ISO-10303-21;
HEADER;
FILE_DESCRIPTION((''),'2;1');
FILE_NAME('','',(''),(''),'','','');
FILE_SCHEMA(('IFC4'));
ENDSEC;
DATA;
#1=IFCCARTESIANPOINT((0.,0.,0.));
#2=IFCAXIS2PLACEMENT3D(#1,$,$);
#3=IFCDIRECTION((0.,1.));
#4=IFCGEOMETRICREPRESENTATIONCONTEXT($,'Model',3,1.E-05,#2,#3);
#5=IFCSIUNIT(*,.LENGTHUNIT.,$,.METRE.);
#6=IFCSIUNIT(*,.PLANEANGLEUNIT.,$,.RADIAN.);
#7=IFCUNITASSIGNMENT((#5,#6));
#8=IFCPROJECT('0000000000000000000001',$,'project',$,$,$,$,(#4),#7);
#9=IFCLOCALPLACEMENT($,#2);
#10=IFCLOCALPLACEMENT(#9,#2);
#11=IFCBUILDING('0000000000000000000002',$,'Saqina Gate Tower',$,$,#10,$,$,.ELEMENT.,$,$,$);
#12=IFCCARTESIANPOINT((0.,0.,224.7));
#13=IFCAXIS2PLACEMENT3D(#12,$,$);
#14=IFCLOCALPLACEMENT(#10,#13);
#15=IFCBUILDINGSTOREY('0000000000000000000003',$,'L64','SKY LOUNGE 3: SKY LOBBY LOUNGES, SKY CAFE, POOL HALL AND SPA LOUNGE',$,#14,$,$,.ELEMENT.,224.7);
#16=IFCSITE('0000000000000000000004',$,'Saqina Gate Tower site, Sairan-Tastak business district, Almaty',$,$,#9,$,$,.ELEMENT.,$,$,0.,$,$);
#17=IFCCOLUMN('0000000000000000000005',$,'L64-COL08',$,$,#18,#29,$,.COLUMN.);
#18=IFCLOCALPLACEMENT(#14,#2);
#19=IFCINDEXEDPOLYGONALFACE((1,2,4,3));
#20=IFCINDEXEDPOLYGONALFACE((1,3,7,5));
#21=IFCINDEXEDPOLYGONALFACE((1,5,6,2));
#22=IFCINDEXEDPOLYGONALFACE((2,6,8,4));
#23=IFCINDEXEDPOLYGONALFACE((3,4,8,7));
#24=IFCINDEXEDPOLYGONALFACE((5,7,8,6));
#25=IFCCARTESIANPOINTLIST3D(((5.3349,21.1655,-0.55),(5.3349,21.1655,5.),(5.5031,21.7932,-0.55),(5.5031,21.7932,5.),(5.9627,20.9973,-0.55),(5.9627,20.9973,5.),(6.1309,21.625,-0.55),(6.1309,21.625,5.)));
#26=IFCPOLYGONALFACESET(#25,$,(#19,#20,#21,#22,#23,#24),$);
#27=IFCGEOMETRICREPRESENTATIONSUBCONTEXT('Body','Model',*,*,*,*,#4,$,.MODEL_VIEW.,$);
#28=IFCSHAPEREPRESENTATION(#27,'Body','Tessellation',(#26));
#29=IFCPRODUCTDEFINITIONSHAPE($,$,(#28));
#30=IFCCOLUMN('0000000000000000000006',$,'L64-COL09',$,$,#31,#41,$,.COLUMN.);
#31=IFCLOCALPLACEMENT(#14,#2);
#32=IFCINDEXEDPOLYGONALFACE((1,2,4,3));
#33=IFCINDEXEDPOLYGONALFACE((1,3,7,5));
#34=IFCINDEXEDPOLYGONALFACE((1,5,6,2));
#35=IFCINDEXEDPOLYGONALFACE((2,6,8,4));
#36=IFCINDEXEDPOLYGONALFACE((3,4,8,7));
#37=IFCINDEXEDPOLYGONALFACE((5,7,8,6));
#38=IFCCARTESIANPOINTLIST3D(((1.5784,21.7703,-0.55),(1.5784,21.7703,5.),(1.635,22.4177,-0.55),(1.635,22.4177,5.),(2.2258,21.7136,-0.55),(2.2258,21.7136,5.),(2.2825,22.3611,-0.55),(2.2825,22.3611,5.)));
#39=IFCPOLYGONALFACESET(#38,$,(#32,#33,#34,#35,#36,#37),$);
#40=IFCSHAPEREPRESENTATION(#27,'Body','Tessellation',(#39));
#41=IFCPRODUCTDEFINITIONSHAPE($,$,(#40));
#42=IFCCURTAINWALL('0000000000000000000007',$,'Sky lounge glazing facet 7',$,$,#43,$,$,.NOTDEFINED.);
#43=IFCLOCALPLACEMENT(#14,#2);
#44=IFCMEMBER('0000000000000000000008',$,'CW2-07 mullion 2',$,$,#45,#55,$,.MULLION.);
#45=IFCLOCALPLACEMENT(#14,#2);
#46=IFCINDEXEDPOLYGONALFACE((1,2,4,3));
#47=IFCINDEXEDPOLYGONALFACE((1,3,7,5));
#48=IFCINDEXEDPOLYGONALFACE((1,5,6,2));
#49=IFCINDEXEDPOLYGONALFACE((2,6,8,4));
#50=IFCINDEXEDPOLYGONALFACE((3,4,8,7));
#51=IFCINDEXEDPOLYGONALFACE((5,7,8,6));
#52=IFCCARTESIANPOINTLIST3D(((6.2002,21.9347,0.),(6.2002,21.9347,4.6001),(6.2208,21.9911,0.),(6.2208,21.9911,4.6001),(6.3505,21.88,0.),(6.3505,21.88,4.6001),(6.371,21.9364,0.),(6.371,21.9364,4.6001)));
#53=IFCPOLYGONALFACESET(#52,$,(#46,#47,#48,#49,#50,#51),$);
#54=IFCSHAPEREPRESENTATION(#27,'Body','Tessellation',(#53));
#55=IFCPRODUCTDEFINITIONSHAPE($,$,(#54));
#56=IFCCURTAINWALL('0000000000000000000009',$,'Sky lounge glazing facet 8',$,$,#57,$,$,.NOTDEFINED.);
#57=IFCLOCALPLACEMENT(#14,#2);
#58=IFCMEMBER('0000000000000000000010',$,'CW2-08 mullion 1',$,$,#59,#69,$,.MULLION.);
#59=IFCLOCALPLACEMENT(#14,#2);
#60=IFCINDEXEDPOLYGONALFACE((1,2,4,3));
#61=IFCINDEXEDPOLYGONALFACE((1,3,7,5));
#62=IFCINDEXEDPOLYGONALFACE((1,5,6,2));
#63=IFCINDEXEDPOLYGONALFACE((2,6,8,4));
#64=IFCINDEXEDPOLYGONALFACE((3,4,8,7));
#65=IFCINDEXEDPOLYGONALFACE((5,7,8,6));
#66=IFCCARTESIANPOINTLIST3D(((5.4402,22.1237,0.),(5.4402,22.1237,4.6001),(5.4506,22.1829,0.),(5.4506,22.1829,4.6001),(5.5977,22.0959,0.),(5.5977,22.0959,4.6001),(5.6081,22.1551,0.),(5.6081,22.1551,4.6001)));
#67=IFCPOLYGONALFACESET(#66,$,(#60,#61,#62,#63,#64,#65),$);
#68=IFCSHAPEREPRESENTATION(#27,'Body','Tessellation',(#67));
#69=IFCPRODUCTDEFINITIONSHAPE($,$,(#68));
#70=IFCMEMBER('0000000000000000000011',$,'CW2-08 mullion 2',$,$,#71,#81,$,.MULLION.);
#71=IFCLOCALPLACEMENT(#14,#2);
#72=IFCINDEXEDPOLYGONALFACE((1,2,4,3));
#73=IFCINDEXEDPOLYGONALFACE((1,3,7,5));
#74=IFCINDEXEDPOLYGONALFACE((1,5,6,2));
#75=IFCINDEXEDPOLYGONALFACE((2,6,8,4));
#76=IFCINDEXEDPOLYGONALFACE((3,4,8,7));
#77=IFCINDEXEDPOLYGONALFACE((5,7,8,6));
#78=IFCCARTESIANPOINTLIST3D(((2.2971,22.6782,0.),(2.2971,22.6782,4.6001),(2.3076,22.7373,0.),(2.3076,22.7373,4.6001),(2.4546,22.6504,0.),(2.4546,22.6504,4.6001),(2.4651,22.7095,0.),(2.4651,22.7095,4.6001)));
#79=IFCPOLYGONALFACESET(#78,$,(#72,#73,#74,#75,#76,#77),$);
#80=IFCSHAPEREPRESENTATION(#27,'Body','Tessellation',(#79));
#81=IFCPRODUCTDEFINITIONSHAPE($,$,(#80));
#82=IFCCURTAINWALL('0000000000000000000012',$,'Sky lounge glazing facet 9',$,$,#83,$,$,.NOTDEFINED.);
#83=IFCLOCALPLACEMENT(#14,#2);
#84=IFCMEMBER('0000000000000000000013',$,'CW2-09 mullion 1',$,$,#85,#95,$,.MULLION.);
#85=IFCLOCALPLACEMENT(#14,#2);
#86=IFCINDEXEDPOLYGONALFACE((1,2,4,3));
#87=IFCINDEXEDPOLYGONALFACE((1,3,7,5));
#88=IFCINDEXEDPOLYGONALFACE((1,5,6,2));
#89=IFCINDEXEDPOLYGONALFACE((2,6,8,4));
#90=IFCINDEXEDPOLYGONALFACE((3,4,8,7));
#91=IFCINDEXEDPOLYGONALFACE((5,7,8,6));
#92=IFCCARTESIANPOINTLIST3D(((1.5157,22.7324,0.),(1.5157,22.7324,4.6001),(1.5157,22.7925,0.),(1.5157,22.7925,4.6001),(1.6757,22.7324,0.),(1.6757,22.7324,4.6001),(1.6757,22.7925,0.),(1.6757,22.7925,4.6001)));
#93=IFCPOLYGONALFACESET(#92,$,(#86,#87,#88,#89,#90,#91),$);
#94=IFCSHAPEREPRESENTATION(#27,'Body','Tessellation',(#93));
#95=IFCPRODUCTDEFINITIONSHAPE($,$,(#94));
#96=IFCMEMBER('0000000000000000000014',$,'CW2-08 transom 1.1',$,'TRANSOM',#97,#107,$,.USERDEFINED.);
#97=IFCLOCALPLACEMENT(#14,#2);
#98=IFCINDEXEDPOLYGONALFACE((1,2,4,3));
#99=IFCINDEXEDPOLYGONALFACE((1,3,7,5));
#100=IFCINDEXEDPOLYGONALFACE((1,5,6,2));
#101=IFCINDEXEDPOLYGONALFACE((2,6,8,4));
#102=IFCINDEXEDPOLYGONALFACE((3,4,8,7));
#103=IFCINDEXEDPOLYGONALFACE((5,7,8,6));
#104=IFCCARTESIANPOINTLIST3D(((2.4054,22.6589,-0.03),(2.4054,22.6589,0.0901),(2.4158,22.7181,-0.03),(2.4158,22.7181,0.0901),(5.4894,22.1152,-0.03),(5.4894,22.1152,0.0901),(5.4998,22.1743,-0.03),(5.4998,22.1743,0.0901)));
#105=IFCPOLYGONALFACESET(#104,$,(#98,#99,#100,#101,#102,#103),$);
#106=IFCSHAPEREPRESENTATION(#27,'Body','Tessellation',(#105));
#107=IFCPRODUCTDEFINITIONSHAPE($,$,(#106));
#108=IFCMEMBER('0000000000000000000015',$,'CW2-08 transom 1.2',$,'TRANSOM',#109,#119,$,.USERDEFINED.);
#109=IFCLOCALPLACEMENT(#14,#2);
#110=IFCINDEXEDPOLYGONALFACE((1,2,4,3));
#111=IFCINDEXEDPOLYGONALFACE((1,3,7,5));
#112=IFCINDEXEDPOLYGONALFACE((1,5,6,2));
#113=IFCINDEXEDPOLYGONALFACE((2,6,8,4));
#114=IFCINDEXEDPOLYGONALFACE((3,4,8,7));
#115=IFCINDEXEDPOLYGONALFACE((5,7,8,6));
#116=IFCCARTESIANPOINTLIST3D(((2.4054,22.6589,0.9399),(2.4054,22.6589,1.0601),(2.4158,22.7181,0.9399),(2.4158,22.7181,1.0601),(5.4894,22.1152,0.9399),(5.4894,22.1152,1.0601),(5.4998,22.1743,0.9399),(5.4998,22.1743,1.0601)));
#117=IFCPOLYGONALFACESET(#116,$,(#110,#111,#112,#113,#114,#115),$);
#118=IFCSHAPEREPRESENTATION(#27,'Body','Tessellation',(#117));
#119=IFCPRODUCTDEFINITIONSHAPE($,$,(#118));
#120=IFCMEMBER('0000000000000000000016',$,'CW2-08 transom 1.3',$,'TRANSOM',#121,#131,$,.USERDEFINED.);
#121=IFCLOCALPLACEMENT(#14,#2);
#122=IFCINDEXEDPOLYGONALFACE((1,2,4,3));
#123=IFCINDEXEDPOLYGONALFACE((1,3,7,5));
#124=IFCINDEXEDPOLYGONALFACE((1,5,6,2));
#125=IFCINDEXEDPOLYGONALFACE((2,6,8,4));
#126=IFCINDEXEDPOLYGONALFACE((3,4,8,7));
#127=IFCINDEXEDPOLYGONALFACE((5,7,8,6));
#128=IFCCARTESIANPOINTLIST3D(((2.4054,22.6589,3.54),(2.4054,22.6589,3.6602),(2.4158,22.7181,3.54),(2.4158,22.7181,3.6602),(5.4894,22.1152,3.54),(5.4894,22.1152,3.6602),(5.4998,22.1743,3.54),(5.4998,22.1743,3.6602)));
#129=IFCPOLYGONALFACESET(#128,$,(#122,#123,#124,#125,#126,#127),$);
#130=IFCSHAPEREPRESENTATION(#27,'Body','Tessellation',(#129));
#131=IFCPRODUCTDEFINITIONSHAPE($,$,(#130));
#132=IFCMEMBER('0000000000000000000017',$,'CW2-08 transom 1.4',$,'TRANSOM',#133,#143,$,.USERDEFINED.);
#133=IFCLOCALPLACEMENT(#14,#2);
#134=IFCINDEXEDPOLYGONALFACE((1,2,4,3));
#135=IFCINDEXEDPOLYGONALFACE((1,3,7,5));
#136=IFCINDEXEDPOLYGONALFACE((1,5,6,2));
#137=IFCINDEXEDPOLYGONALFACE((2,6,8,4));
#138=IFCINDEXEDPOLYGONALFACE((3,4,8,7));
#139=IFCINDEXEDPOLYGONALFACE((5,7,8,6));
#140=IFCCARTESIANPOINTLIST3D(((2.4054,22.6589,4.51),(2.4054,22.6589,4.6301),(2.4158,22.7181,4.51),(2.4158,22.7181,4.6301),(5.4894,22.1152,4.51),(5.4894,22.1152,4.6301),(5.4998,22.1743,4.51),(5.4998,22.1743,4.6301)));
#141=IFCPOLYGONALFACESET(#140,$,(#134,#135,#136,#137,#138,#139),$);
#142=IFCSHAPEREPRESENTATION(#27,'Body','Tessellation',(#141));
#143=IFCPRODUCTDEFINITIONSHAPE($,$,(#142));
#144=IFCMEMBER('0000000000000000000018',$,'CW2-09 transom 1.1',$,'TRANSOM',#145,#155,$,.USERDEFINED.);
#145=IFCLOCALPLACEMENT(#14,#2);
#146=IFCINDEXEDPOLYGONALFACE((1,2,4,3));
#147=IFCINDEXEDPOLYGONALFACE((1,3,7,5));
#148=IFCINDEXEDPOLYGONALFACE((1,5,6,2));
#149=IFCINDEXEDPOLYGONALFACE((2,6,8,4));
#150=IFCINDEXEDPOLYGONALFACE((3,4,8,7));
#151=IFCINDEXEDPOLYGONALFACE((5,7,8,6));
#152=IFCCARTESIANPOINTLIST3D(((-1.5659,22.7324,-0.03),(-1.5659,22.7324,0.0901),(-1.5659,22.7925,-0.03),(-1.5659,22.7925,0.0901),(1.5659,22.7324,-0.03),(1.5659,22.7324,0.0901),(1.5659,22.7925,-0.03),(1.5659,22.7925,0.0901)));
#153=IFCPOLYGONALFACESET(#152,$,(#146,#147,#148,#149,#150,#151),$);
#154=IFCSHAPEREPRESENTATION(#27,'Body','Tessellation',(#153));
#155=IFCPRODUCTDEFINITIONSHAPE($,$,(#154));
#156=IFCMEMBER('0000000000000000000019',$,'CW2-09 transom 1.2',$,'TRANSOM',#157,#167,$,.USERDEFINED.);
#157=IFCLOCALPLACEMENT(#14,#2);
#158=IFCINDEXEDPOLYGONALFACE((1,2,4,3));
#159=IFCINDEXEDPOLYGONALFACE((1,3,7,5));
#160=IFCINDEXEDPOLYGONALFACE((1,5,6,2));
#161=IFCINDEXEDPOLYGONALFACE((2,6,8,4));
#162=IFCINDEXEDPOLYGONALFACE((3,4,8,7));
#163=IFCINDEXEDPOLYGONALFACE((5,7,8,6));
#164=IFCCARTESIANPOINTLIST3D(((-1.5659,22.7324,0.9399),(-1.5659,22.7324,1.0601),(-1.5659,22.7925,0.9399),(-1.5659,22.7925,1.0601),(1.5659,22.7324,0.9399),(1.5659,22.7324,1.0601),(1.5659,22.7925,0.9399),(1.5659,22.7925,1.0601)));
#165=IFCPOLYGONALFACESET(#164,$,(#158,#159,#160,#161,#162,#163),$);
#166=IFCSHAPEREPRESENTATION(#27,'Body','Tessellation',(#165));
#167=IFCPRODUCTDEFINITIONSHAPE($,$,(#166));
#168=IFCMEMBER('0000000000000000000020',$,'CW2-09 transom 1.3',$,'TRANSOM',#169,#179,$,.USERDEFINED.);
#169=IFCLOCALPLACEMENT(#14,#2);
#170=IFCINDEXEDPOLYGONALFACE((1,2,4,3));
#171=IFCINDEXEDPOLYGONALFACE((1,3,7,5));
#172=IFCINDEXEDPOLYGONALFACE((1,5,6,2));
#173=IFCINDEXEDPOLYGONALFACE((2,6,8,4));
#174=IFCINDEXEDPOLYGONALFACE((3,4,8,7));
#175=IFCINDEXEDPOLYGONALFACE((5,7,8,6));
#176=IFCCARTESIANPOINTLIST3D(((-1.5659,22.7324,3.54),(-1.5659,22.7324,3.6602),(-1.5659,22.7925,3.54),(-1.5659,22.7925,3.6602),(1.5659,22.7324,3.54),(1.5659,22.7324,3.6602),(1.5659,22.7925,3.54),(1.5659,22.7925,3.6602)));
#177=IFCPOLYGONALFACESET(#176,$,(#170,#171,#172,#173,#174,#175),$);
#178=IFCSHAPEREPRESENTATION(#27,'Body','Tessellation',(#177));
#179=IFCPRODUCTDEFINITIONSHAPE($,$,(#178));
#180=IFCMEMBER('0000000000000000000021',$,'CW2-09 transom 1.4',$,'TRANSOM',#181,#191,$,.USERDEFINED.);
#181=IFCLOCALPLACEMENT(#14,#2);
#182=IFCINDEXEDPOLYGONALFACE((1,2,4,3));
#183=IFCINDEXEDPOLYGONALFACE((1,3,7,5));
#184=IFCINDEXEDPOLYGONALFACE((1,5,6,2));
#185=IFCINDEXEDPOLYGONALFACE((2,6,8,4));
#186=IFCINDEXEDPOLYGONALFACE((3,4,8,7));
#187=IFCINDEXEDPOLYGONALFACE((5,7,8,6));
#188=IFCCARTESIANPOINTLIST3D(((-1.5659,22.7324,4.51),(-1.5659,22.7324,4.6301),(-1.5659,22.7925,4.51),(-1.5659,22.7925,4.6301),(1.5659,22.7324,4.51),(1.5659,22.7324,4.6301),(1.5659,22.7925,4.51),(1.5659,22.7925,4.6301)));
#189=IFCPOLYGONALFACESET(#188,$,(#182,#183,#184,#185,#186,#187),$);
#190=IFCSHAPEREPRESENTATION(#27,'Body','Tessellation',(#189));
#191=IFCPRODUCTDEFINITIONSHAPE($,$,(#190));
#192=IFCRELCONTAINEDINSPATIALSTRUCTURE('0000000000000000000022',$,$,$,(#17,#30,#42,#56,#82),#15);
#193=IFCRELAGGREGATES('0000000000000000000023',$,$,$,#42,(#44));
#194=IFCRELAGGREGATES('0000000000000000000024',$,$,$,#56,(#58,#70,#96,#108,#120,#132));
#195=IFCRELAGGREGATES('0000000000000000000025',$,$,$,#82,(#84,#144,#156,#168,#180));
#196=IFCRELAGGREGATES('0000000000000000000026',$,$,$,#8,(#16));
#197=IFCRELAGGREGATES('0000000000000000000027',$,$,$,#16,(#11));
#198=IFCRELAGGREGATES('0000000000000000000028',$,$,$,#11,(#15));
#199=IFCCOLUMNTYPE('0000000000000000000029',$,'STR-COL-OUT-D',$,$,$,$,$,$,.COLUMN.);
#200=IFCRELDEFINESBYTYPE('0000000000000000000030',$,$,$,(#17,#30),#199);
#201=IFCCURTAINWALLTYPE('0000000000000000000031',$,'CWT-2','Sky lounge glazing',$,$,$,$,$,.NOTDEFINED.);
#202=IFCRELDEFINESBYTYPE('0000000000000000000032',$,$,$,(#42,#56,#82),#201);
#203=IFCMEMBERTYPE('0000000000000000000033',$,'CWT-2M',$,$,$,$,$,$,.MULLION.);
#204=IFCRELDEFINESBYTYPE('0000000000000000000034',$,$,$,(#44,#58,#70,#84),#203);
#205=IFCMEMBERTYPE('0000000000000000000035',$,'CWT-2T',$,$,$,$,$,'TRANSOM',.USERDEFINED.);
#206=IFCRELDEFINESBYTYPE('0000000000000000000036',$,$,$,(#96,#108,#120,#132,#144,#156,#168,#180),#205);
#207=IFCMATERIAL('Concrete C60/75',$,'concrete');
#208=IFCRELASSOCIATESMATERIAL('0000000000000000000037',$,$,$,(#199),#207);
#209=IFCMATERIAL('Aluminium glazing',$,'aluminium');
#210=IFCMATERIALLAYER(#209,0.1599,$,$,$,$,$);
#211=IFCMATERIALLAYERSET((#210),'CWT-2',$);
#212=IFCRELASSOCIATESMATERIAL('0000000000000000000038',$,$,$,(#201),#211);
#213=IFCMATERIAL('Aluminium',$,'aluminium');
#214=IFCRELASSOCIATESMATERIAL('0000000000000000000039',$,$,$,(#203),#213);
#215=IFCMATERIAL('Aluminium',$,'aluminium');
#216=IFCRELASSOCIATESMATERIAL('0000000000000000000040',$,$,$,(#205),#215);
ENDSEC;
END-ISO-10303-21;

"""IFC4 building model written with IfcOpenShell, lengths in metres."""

from ifc_helpers import new_model, si_unit, direction, frame, origin, origin_2d, place, context, subcontext, project, spatial, rectangle, extrude, material, layer, layer_set, material_profile, profile_set, type_object, element, aggregate, save


model = new_model("IFC4")

# Units and contexts
model_context = context("Model", 3, precision=1e-05, world=origin(), true_north=direction((0.0, 1.0)))
body_context = subcontext(model_context, "Body", "Model", "MODEL_VIEW")
ifc_project = project(units=[si_unit("LENGTHUNIT", "METRE"), si_unit("PLANEANGLEUNIT", "RADIAN")], contexts=[model_context])

# Site, building, storey
site_placement = place(None, origin())
site = spatial("IfcSite", under=ifc_project, at=site_placement, Name="Saqina Gate Tower site, Sairan-Tastak business district, Almaty", CompositionType="ELEMENT", RefElevation=0.0)
building_placement = place(site_placement, origin())
building = spatial("IfcBuilding", under=site, at=building_placement, Name="Saqina Gate Tower", CompositionType="ELEMENT")
storey_placement = place(building_placement, frame((0.0, 0.0, 224.7)))
storey = spatial("IfcBuildingStorey", under=building, at=storey_placement, Name="L64", Description="SKY LOUNGE 3: SKY LOBBY LOUNGES, SKY CAFE, POOL HALL AND SPA LOUNGE", CompositionType="ELEMENT", Elevation=224.7)

# Columns
ifc_material_1 = material(Name="Concrete C60/75", Category="concrete")
ifc_material_profile_1 = material_profile(ifc_material_1, rectangle(XDim=0.6499, YDim=0.6499, at=origin_2d()), Name="RC 650x650")
ifc_profile_set_1 = profile_set([ifc_material_profile_1], Name="Concrete C60/75")
column_type = type_object("IfcColumnType", Name="STR-COL-OUT-D", PredefinedType="COLUMN", material=ifc_profile_set_1)
for number, where, z_axis, x_axis, name in (
    (1, (5.7329, 21.3953, -0.55), (0.0, 0.0, 1.0), (0.258819, 0.965926, 0.0), "L64-COL08"),
    (2, (1.9304, 22.0657, -0.55), (0.0, 0.0, 1.0), (0.087156, 0.996195, 0.0), "L64-COL09"),
):
    element("IfcColumn", number, at=place(storey_placement, frame(where, z_axis=z_axis, x_axis=x_axis)), inside=storey, type_object=column_type, Name=name, PredefinedType="COLUMN", context=body_context, shape_type="SweptSolid", body=[
        extrude(rectangle(XDim=0.6499, YDim=0.6499, at=origin_2d()), origin(), (0.0, 0.0, 1.0), 5.55),
    ])

# Curtain wall, member
ifc_material_2 = material(Name="Aluminium glazing", Category="aluminium")
ifc_layer_1 = layer(ifc_material_2, 0.1599)
ifc_layer_set_1 = layer_set([ifc_layer_1], Name="CWT-2")
curtain_wall_type = type_object("IfcCurtainWallType", Name="CWT-2", Description="Sky lounge glazing", PredefinedType="NOTDEFINED", material=ifc_layer_set_1)
curtain_wall_1_placement = place(storey_placement, origin())
curtain_wall_1 = element("IfcCurtainWall", 3, at=curtain_wall_1_placement, inside=storey, type_object=curtain_wall_type, Name="Sky lounge glazing facet 7", PredefinedType="NOTDEFINED")
ifc_material_3 = material(Name="Aluminium", Category="aluminium")
ifc_material_profile_2 = material_profile(ifc_material_3, rectangle(XDim=0.0601, YDim=0.1599, at=origin_2d()), Name="Aluminium 60x160")
ifc_profile_set_2 = profile_set([ifc_material_profile_2], Name="Aluminium")
member_type_1 = type_object("IfcMemberType", Name="CWT-2M", PredefinedType="MULLION", material=ifc_profile_set_2)
member_1_placement = place(storey_placement, frame((6.2856, 21.9355, 0.0), z_axis=(0.0, 0.0, 1.0), x_axis=(-0.342007, -0.939697, 0.0)))
member_1 = element("IfcMember", 4, at=member_1_placement, type_object=member_type_1, Name="CW2-07 mullion 2", PredefinedType="MULLION", context=body_context, shape_type="SweptSolid", body=[
    extrude(rectangle(XDim=0.0601, YDim=0.1599, at=origin_2d()), origin(), (0.0, 0.0, 1.0), 4.6001),
])

# Curtain wall, members
curtain_wall_2_placement = place(storey_placement, origin())
curtain_wall_2 = element("IfcCurtainWall", 5, at=curtain_wall_2_placement, inside=storey, type_object=curtain_wall_type, Name="Sky lounge glazing facet 8", PredefinedType="NOTDEFINED")
member_2_placement = place(storey_placement, frame((5.5242, 22.1394, 0.0), z_axis=(0.0, 0.0, 1.0), x_axis=(-0.173663, -0.984805, 0.0)))
member_2 = element("IfcMember", 6, at=member_2_placement, type_object=member_type_1, Name="CW2-08 mullion 1", PredefinedType="MULLION", context=body_context, shape_type="SweptSolid", body=[
    extrude(rectangle(XDim=0.0601, YDim=0.1599, at=origin_2d()), origin(), (0.0, 0.0, 1.0), 4.6001),
])
member_3_placement = place(storey_placement, frame((2.3811, 22.6938, 0.0), z_axis=(0.0, 0.0, 1.0), x_axis=(-0.173663, -0.984805, 0.0)))
member_3 = element("IfcMember", 7, at=member_3_placement, type_object=member_type_1, Name="CW2-08 mullion 2", PredefinedType="MULLION", context=body_context, shape_type="SweptSolid", body=[
    extrude(rectangle(XDim=0.0601, YDim=0.1599, at=origin_2d()), origin(), (0.0, 0.0, 1.0), 4.6001),
])

# Curtain wall, member
curtain_wall_3_placement = place(storey_placement, origin())
curtain_wall_3 = element("IfcCurtainWall", 8, at=curtain_wall_3_placement, inside=storey, type_object=curtain_wall_type, Name="Sky lounge glazing facet 9", PredefinedType="NOTDEFINED")
member_4_placement = place(storey_placement, frame((1.5957, 22.7625, 0.0), z_axis=(0.0, 0.0, 1.0), x_axis=(0.0, -1.0, 0.0)))
member_4 = element("IfcMember", 9, at=member_4_placement, type_object=member_type_1, Name="CW2-09 mullion 1", PredefinedType="MULLION", context=body_context, shape_type="SweptSolid", body=[
    extrude(rectangle(XDim=0.0601, YDim=0.1599, at=origin_2d()), origin(), (0.0, 0.0, 1.0), 4.6001),
])

# Members
ifc_material_4 = material(Name="Aluminium", Category="aluminium")
ifc_material_profile_3 = material_profile(ifc_material_4, rectangle(XDim=0.0601, YDim=0.1201, at=origin_2d()), Name="Aluminium 60x120")
ifc_profile_set_3 = profile_set([ifc_material_profile_3], Name="Aluminium")
member_type_2 = type_object("IfcMemberType", Name="CWT-2T", ElementType="TRANSOM", PredefinedType="USERDEFINED", material=ifc_profile_set_3)
member_5_placement = place(storey_placement, frame((5.4946, 22.1448, 0.03), z_axis=(-0.984813, 0.173621, 0.0), x_axis=(-0.173621, -0.984813, 0.0)))
member_5 = element("IfcMember", 10, at=member_5_placement, type_object=member_type_2, Name="CW2-08 transom 1.1", ObjectType="TRANSOM", PredefinedType="USERDEFINED", context=body_context, shape_type="SweptSolid", body=[
    extrude(rectangle(XDim=0.0601, YDim=0.1201, at=origin_2d()), origin(), (0.0, 0.0, 1.0), 3.1316),
])
member_6_placement = place(storey_placement, frame((5.4946, 22.1448, 1.0), z_axis=(-0.984813, 0.173621, 0.0), x_axis=(-0.173621, -0.984813, 0.0)))
member_6 = element("IfcMember", 11, at=member_6_placement, type_object=member_type_2, Name="CW2-08 transom 1.2", ObjectType="TRANSOM", PredefinedType="USERDEFINED", context=body_context, shape_type="SweptSolid", body=[
    extrude(rectangle(XDim=0.0601, YDim=0.1201, at=origin_2d()), origin(), (0.0, 0.0, 1.0), 3.1316),
])
member_7_placement = place(storey_placement, frame((5.4946, 22.1448, 3.6001), z_axis=(-0.984813, 0.173621, 0.0), x_axis=(-0.173621, -0.984813, 0.0)))
member_7 = element("IfcMember", 12, at=member_7_placement, type_object=member_type_2, Name="CW2-08 transom 1.3", ObjectType="TRANSOM", PredefinedType="USERDEFINED", context=body_context, shape_type="SweptSolid", body=[
    extrude(rectangle(XDim=0.0601, YDim=0.1201, at=origin_2d()), origin(), (0.0, 0.0, 1.0), 3.1316),
])
member_8_placement = place(storey_placement, frame((5.4946, 22.1448, 4.5701), z_axis=(-0.984813, 0.173621, 0.0), x_axis=(-0.173621, -0.984813, 0.0)))
member_8 = element("IfcMember", 13, at=member_8_placement, type_object=member_type_2, Name="CW2-08 transom 1.4", ObjectType="TRANSOM", PredefinedType="USERDEFINED", context=body_context, shape_type="SweptSolid", body=[
    extrude(rectangle(XDim=0.0601, YDim=0.1201, at=origin_2d()), origin(), (0.0, 0.0, 1.0), 3.1316),
])
member_9_placement = place(storey_placement, frame((1.5659, 22.7625, 0.03), z_axis=(-1.0, 0.0, 0.0), x_axis=(0.0, -1.0, 0.0)))
member_9 = element("IfcMember", 14, at=member_9_placement, type_object=member_type_2, Name="CW2-09 transom 1.1", ObjectType="TRANSOM", PredefinedType="USERDEFINED", context=body_context, shape_type="SweptSolid", body=[
    extrude(rectangle(XDim=0.0601, YDim=0.1201, at=origin_2d()), origin(), (0.0, 0.0, 1.0), 3.1318),
])
member_10_placement = place(storey_placement, frame((1.5659, 22.7625, 1.0), z_axis=(-1.0, 0.0, 0.0), x_axis=(0.0, -1.0, 0.0)))
member_10 = element("IfcMember", 15, at=member_10_placement, type_object=member_type_2, Name="CW2-09 transom 1.2", ObjectType="TRANSOM", PredefinedType="USERDEFINED", context=body_context, shape_type="SweptSolid", body=[
    extrude(rectangle(XDim=0.0601, YDim=0.1201, at=origin_2d()), origin(), (0.0, 0.0, 1.0), 3.1318),
])
member_11_placement = place(storey_placement, frame((1.5659, 22.7625, 3.6001), z_axis=(-1.0, 0.0, 0.0), x_axis=(0.0, -1.0, 0.0)))
member_11 = element("IfcMember", 16, at=member_11_placement, type_object=member_type_2, Name="CW2-09 transom 1.3", ObjectType="TRANSOM", PredefinedType="USERDEFINED", context=body_context, shape_type="SweptSolid", body=[
    extrude(rectangle(XDim=0.0601, YDim=0.1201, at=origin_2d()), origin(), (0.0, 0.0, 1.0), 3.1318),
])
member_12_placement = place(storey_placement, frame((1.5659, 22.7625, 4.5701), z_axis=(-1.0, 0.0, 0.0), x_axis=(0.0, -1.0, 0.0)))
member_12 = element("IfcMember", 17, at=member_12_placement, type_object=member_type_2, Name="CW2-09 transom 1.4", ObjectType="TRANSOM", PredefinedType="USERDEFINED", context=body_context, shape_type="SweptSolid", body=[
    extrude(rectangle(XDim=0.0601, YDim=0.1201, at=origin_2d()), origin(), (0.0, 0.0, 1.0), 3.1318),
])

aggregate(curtain_wall_1, [member_1])
aggregate(curtain_wall_2, [member_2, member_3, member_5, member_6, member_7, member_8])
aggregate(curtain_wall_3, [member_4, member_9, member_10, member_11, member_12])

save(model, "model.ifc")
